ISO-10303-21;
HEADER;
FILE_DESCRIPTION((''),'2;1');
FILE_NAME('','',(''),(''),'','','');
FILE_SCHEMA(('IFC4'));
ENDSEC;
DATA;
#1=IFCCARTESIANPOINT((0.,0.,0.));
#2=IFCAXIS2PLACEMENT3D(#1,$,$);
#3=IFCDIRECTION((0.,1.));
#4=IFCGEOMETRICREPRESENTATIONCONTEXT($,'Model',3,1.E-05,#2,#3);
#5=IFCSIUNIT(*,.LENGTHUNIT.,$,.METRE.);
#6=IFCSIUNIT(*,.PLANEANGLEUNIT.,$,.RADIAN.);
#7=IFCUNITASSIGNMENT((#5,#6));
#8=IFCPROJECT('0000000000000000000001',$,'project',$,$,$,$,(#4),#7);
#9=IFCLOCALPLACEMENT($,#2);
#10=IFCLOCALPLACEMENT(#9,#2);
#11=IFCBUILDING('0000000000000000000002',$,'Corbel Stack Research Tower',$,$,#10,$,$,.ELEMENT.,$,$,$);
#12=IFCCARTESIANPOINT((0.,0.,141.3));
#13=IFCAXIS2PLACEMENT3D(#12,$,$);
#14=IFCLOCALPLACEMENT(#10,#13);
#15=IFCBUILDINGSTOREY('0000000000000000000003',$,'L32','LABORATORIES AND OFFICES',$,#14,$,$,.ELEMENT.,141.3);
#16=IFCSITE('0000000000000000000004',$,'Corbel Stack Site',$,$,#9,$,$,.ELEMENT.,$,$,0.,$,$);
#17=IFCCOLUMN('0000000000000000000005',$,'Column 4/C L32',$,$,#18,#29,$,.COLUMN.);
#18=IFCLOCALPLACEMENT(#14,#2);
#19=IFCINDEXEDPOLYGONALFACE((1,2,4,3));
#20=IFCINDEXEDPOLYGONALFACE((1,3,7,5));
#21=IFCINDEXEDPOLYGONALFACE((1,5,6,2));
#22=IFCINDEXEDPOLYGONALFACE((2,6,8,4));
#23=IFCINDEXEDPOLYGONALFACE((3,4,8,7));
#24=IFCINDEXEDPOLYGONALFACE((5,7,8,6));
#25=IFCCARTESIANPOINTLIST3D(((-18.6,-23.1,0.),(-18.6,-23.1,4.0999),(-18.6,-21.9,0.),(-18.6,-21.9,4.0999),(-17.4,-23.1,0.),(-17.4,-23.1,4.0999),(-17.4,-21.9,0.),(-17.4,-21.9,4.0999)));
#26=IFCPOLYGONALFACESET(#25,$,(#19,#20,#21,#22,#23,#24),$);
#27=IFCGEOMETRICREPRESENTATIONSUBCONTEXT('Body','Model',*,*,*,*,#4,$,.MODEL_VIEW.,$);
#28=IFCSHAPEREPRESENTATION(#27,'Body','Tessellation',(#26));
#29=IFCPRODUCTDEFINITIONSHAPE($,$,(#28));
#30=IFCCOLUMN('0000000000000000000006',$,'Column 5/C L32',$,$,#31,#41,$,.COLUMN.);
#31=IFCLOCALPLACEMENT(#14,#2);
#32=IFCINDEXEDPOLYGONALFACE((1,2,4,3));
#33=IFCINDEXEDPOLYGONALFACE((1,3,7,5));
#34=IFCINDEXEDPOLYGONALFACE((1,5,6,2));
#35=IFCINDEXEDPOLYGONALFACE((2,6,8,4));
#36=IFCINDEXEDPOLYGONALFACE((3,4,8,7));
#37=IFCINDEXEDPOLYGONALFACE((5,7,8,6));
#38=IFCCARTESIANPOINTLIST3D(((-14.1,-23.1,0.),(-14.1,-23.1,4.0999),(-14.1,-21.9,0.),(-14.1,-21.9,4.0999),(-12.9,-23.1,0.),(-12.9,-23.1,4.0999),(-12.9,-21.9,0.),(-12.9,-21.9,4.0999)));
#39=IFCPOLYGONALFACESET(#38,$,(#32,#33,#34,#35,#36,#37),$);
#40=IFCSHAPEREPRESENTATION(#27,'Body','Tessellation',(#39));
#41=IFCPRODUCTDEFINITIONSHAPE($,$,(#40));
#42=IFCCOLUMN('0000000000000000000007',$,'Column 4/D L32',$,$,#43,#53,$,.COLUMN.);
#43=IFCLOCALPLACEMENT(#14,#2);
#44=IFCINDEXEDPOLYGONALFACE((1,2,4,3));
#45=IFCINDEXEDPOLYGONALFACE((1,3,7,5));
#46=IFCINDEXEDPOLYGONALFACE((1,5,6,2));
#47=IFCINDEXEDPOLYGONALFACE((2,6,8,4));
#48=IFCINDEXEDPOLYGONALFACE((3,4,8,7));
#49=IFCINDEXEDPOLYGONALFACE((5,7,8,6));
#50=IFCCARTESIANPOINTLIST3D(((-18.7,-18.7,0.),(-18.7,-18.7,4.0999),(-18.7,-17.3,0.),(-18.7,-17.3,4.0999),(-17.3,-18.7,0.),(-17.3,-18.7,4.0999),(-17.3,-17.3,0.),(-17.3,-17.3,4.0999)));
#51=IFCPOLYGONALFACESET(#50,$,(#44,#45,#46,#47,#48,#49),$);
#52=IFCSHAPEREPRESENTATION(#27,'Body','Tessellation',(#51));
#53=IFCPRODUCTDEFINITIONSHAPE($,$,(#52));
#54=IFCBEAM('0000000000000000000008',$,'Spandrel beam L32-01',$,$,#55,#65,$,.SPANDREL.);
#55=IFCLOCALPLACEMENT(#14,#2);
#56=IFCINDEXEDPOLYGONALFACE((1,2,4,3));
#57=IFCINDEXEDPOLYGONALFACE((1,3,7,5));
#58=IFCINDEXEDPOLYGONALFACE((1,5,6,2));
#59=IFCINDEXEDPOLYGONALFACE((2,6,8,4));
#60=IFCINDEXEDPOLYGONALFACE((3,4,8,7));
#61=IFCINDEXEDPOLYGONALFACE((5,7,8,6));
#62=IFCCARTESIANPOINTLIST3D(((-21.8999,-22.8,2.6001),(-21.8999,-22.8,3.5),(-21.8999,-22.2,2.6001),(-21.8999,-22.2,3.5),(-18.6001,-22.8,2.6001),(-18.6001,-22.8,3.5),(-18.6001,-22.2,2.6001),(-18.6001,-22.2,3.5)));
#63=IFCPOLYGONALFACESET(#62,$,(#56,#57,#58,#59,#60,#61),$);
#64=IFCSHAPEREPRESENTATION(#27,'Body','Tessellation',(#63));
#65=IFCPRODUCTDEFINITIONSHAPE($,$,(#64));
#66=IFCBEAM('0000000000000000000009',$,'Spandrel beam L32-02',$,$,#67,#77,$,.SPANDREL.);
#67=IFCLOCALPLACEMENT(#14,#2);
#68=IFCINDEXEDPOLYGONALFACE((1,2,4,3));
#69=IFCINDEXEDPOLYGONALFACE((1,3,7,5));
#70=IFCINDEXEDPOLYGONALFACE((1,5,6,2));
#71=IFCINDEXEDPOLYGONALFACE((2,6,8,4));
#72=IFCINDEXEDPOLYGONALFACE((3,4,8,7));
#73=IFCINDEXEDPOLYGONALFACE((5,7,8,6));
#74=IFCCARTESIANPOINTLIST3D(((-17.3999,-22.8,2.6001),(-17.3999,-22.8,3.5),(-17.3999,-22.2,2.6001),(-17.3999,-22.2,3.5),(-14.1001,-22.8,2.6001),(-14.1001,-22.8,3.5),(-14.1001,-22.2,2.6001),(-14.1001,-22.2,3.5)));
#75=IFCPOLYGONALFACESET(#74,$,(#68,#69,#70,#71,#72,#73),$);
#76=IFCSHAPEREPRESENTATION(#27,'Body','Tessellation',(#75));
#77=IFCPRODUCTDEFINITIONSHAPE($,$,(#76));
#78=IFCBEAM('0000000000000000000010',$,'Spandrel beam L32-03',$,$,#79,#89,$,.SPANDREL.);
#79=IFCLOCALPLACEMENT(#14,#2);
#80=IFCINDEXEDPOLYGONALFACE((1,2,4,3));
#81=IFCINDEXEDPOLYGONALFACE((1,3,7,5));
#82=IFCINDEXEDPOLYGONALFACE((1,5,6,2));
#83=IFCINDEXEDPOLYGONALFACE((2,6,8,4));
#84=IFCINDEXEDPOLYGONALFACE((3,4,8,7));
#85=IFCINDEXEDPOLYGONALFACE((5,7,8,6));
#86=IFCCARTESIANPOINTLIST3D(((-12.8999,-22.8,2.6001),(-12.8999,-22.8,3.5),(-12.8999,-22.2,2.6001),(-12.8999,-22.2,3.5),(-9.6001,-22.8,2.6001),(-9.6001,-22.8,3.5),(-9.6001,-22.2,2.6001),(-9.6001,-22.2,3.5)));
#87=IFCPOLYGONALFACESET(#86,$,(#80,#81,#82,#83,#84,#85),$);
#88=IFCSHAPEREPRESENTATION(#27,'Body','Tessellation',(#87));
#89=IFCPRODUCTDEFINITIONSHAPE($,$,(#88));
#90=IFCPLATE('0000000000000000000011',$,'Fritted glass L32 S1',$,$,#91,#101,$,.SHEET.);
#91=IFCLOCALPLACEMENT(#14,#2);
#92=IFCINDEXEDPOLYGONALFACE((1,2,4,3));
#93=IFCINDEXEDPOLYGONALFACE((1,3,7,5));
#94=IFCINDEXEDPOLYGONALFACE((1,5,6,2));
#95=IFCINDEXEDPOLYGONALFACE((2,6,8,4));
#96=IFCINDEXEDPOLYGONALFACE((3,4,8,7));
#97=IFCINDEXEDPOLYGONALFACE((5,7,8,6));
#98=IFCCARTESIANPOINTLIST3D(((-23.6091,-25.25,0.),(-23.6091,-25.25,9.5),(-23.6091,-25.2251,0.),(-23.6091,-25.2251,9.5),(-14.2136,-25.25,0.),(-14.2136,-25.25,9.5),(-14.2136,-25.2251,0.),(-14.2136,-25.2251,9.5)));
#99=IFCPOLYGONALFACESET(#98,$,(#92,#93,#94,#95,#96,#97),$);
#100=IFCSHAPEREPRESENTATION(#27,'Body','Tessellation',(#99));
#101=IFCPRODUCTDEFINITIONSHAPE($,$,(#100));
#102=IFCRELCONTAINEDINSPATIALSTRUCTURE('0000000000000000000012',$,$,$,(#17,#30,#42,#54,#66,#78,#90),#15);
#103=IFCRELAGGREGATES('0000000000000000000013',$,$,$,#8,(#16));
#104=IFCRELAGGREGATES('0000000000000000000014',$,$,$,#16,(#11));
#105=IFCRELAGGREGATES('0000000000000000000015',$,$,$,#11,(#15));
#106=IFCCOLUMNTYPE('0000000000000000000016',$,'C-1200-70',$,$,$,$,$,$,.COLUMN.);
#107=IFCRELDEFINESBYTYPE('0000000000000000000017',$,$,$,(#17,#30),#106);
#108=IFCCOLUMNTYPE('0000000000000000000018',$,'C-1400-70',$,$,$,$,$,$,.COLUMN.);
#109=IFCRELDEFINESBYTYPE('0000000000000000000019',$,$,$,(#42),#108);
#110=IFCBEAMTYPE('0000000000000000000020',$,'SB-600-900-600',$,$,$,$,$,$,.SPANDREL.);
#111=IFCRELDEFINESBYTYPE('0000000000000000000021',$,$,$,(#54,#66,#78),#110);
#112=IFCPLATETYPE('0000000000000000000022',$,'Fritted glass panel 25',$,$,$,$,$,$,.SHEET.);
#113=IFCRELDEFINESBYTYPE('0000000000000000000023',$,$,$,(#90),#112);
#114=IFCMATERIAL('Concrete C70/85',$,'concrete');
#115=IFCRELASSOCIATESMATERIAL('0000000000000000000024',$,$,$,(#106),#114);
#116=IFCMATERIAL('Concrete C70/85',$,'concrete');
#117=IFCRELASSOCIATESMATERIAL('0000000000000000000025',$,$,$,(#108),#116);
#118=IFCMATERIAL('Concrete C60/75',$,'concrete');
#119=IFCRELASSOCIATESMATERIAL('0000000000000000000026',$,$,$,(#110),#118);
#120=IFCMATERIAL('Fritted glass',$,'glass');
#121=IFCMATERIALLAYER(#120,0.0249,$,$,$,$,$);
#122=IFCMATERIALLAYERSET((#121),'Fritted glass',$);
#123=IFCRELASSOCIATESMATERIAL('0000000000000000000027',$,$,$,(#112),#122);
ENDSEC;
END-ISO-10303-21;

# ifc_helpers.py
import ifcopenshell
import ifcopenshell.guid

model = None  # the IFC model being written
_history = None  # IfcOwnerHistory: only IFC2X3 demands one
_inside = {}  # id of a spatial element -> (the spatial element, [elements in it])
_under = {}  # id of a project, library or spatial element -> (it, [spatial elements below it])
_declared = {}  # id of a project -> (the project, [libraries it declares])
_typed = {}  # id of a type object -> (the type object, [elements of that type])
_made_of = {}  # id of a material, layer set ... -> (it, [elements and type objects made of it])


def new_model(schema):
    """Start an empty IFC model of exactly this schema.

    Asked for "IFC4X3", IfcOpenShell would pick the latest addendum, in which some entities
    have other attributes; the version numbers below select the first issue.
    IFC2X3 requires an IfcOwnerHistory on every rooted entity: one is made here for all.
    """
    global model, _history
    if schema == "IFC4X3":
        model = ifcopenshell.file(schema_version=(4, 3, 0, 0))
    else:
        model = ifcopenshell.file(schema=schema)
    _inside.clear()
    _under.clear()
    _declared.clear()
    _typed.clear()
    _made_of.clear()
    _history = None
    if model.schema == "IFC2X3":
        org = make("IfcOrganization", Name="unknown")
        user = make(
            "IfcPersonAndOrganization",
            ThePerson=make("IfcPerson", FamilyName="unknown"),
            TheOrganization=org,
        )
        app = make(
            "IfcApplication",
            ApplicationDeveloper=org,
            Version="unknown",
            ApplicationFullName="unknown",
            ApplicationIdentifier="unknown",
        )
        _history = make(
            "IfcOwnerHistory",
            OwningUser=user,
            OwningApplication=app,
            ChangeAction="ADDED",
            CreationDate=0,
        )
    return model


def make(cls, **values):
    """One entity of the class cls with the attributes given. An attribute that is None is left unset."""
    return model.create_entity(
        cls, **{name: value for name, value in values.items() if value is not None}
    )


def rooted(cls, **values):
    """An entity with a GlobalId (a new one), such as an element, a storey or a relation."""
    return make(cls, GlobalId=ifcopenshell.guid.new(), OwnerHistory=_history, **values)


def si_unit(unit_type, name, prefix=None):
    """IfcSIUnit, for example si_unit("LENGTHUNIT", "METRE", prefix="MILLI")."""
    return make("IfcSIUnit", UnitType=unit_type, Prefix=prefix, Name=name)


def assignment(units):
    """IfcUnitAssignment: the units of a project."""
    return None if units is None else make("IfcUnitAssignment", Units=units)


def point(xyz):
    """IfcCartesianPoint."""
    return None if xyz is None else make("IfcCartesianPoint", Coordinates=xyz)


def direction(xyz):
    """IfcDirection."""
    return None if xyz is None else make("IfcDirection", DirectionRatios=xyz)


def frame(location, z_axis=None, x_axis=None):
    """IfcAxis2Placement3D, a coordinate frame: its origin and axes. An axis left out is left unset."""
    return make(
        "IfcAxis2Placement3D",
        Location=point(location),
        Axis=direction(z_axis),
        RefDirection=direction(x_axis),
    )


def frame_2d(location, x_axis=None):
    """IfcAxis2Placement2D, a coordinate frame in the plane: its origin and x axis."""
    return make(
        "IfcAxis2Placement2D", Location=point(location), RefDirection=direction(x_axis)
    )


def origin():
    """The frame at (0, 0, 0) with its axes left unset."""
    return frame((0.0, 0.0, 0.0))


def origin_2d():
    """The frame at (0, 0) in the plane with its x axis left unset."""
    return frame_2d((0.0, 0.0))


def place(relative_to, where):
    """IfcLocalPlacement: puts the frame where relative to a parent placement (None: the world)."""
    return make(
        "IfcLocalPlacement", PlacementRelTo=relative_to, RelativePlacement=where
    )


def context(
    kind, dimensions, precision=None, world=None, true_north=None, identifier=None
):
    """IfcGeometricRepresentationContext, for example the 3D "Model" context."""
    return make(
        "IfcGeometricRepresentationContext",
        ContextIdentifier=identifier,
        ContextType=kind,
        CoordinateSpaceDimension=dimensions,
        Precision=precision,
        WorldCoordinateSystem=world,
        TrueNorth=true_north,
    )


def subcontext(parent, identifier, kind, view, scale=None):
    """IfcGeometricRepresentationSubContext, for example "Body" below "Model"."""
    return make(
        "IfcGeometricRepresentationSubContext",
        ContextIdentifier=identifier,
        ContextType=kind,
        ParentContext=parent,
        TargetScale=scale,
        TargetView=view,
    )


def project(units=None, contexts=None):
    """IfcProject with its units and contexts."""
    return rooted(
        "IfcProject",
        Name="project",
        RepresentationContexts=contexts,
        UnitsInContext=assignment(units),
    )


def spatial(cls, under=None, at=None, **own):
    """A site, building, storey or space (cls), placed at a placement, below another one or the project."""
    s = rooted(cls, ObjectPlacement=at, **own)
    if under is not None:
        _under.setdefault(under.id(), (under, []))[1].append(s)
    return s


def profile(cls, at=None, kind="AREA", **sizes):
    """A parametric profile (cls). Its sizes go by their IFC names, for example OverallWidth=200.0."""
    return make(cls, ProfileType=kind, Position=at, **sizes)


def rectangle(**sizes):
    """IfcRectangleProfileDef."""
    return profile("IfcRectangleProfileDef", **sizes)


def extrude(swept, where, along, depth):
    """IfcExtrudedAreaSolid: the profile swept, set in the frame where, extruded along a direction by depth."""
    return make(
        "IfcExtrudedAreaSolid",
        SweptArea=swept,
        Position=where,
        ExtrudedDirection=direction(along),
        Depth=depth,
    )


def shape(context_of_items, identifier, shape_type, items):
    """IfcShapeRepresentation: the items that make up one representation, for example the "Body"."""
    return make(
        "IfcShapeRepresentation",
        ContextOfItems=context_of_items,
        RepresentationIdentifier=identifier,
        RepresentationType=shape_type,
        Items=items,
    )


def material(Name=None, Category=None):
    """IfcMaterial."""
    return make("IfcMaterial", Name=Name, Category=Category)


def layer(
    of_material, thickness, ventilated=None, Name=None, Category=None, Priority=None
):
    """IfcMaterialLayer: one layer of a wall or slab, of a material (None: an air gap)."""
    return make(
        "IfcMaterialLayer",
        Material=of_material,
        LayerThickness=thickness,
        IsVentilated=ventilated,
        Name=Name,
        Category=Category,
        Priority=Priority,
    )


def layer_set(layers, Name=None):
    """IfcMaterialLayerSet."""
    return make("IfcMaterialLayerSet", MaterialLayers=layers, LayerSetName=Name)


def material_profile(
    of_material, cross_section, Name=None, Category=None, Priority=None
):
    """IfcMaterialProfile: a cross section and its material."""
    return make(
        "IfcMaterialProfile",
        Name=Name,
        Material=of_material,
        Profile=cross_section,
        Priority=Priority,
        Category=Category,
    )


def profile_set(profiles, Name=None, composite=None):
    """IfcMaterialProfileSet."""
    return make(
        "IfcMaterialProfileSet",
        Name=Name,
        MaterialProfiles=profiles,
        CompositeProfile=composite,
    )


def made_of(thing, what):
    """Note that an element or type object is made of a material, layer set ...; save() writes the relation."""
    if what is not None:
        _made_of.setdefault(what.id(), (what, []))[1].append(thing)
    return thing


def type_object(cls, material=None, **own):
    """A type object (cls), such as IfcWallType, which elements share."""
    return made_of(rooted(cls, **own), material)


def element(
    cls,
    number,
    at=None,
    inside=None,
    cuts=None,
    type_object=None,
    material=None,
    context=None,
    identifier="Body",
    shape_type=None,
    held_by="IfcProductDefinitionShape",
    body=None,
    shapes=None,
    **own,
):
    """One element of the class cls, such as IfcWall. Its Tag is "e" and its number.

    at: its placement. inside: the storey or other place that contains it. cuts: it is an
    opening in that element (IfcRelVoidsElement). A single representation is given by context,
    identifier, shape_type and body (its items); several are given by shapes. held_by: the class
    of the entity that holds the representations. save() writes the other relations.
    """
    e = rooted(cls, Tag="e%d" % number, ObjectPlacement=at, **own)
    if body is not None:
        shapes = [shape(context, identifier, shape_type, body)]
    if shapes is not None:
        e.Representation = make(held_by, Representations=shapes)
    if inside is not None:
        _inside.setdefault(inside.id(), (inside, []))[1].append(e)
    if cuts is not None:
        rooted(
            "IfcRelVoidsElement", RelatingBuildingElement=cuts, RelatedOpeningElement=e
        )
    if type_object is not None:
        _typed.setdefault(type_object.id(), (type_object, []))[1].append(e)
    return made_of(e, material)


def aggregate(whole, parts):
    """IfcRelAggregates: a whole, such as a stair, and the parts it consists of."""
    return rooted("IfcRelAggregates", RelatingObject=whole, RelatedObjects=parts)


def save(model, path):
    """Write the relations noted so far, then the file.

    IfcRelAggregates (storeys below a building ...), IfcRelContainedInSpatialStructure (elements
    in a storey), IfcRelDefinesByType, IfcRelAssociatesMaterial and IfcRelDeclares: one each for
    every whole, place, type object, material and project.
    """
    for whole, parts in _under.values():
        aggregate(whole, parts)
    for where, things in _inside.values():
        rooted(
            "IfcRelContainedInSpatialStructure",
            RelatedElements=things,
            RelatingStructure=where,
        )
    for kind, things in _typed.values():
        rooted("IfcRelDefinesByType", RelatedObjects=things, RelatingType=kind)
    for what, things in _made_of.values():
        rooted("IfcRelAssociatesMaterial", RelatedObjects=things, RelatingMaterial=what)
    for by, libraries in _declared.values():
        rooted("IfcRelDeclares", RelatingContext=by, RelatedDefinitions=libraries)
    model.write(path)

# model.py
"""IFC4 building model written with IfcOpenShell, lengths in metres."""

from ifc_helpers import new_model, si_unit, direction, frame, origin, origin_2d, place, context, subcontext, project, spatial, rectangle, extrude, material, layer, layer_set, material_profile, profile_set, type_object, element, save


model = new_model("IFC4")

# Units and contexts
model_context = context("Model", 3, precision=1e-05, world=origin(), true_north=direction((0.0, 1.0)))
body_context = subcontext(model_context, "Body", "Model", "MODEL_VIEW")
ifc_project = project(units=[si_unit("LENGTHUNIT", "METRE"), si_unit("PLANEANGLEUNIT", "RADIAN")], contexts=[model_context])

# Site, building, storey
site_placement = place(None, origin())
site = spatial("IfcSite", under=ifc_project, at=site_placement, Name="Corbel Stack Site", CompositionType="ELEMENT", RefElevation=0.0)
building_placement = place(site_placement, origin())
building = spatial("IfcBuilding", under=site, at=building_placement, Name="Corbel Stack Research Tower", CompositionType="ELEMENT")
storey_placement = place(building_placement, frame((0.0, 0.0, 141.3)))
storey = spatial("IfcBuildingStorey", under=building, at=storey_placement, Name="L32", Description="LABORATORIES AND OFFICES", CompositionType="ELEMENT", Elevation=141.3)

# Columns
ifc_material_1 = material(Name="Concrete C70/85", Category="concrete")
ifc_material_profile_1 = material_profile(ifc_material_1, rectangle(XDim=1.2, YDim=1.2, at=origin_2d()), Name="RC 1200 x 1200")
ifc_profile_set_1 = profile_set([ifc_material_profile_1], Name="Concrete C70/85")
column_type_1 = type_object("IfcColumnType", Name="C-1200-70", PredefinedType="COLUMN", material=ifc_profile_set_1)
for number, where, z_axis, x_axis, name in (
    (1, (-18.0, -22.5, 0.0), (0.0, 0.0, 1.0), (1.0, 0.0, 0.0), "Column 4/C L32"),
    (2, (-13.5, -22.5, 0.0), (0.0, 0.0, 1.0), (1.0, 0.0, 0.0), "Column 5/C L32"),
):
    element("IfcColumn", number, at=place(storey_placement, frame(where, z_axis=z_axis, x_axis=x_axis)), inside=storey, type_object=column_type_1, Name=name, PredefinedType="COLUMN", context=body_context, shape_type="SweptSolid", body=[
        extrude(rectangle(XDim=1.2, YDim=1.2, at=origin_2d()), origin(), (0.0, 0.0, 1.0), 4.0999),
    ])
ifc_material_2 = material(Name="Concrete C70/85", Category="concrete")
ifc_material_profile_2 = material_profile(ifc_material_2, rectangle(XDim=1.3999, YDim=1.3999, at=origin_2d()), Name="RC 1400 x 1400")
ifc_profile_set_2 = profile_set([ifc_material_profile_2], Name="Concrete C70/85")
column_type_2 = type_object("IfcColumnType", Name="C-1400-70", PredefinedType="COLUMN", material=ifc_profile_set_2)
column_placement = place(storey_placement, frame((-18.0, -18.0, 0.0), z_axis=(0.0, 0.0, 1.0), x_axis=(1.0, 0.0, 0.0)))
element("IfcColumn", 3, at=column_placement, inside=storey, type_object=column_type_2, Name="Column 4/D L32", PredefinedType="COLUMN", context=body_context, shape_type="SweptSolid", body=[
    extrude(rectangle(XDim=1.3999, YDim=1.3999, at=origin_2d()), origin(), (0.0, 0.0, 1.0), 4.0999),
])

# Beams
ifc_material_3 = material(Name="Concrete C60/75", Category="concrete")
ifc_material_profile_3 = material_profile(ifc_material_3, rectangle(XDim=0.6001, YDim=0.8999, at=origin_2d()), Name="RC 600 x 900")
ifc_profile_set_3 = profile_set([ifc_material_profile_3], Name="Concrete C60/75")
beam_type = type_object("IfcBeamType", Name="SB-600-900-600", PredefinedType="SPANDREL", material=ifc_profile_set_3)
for number, where, z_axis, x_axis, name in (
    (4, (-21.8999, -22.5, 3.05), (1.0, 0.0, 0.0), (0.0, 1.0, 0.0), "Spandrel beam L32-01"),
    (5, (-17.3999, -22.5, 3.05), (1.0, 0.0, 0.0), (0.0, 1.0, 0.0), "Spandrel beam L32-02"),
    (6, (-12.8999, -22.5, 3.05), (1.0, 0.0, 0.0), (0.0, 1.0, 0.0), "Spandrel beam L32-03"),
):
    element("IfcBeam", number, at=place(storey_placement, frame(where, z_axis=z_axis, x_axis=x_axis)), inside=storey, type_object=beam_type, Name=name, PredefinedType="SPANDREL", context=body_context, shape_type="SweptSolid", body=[
        extrude(rectangle(XDim=0.6001, YDim=0.8999, at=origin_2d()), origin(), (0.0, 0.0, 1.0), 3.2998),
    ])

# Plate
ifc_material_4 = material(Name="Fritted glass", Category="glass")
ifc_layer_1 = layer(ifc_material_4, 0.0249)
ifc_layer_set_1 = layer_set([ifc_layer_1], Name="Fritted glass")
plate_type = type_object("IfcPlateType", Name="Fritted glass panel 25", PredefinedType="SHEET", material=ifc_layer_set_1)
plate_placement = place(storey_placement, frame((-18.9114, -25.2375, 0.0), z_axis=(0.0, 0.0, 1.0), x_axis=(1.0, 0.0, 0.0)))
element("IfcPlate", 7, at=plate_placement, inside=storey, type_object=plate_type, Name="Fritted glass L32 S1", PredefinedType="SHEET", context=body_context, shape_type="SweptSolid", body=[
    extrude(rectangle(XDim=9.3955, YDim=0.0249, at=origin_2d()), origin(), (0.0, 0.0, 1.0), 9.5),
])

save(model, "model.ifc")
